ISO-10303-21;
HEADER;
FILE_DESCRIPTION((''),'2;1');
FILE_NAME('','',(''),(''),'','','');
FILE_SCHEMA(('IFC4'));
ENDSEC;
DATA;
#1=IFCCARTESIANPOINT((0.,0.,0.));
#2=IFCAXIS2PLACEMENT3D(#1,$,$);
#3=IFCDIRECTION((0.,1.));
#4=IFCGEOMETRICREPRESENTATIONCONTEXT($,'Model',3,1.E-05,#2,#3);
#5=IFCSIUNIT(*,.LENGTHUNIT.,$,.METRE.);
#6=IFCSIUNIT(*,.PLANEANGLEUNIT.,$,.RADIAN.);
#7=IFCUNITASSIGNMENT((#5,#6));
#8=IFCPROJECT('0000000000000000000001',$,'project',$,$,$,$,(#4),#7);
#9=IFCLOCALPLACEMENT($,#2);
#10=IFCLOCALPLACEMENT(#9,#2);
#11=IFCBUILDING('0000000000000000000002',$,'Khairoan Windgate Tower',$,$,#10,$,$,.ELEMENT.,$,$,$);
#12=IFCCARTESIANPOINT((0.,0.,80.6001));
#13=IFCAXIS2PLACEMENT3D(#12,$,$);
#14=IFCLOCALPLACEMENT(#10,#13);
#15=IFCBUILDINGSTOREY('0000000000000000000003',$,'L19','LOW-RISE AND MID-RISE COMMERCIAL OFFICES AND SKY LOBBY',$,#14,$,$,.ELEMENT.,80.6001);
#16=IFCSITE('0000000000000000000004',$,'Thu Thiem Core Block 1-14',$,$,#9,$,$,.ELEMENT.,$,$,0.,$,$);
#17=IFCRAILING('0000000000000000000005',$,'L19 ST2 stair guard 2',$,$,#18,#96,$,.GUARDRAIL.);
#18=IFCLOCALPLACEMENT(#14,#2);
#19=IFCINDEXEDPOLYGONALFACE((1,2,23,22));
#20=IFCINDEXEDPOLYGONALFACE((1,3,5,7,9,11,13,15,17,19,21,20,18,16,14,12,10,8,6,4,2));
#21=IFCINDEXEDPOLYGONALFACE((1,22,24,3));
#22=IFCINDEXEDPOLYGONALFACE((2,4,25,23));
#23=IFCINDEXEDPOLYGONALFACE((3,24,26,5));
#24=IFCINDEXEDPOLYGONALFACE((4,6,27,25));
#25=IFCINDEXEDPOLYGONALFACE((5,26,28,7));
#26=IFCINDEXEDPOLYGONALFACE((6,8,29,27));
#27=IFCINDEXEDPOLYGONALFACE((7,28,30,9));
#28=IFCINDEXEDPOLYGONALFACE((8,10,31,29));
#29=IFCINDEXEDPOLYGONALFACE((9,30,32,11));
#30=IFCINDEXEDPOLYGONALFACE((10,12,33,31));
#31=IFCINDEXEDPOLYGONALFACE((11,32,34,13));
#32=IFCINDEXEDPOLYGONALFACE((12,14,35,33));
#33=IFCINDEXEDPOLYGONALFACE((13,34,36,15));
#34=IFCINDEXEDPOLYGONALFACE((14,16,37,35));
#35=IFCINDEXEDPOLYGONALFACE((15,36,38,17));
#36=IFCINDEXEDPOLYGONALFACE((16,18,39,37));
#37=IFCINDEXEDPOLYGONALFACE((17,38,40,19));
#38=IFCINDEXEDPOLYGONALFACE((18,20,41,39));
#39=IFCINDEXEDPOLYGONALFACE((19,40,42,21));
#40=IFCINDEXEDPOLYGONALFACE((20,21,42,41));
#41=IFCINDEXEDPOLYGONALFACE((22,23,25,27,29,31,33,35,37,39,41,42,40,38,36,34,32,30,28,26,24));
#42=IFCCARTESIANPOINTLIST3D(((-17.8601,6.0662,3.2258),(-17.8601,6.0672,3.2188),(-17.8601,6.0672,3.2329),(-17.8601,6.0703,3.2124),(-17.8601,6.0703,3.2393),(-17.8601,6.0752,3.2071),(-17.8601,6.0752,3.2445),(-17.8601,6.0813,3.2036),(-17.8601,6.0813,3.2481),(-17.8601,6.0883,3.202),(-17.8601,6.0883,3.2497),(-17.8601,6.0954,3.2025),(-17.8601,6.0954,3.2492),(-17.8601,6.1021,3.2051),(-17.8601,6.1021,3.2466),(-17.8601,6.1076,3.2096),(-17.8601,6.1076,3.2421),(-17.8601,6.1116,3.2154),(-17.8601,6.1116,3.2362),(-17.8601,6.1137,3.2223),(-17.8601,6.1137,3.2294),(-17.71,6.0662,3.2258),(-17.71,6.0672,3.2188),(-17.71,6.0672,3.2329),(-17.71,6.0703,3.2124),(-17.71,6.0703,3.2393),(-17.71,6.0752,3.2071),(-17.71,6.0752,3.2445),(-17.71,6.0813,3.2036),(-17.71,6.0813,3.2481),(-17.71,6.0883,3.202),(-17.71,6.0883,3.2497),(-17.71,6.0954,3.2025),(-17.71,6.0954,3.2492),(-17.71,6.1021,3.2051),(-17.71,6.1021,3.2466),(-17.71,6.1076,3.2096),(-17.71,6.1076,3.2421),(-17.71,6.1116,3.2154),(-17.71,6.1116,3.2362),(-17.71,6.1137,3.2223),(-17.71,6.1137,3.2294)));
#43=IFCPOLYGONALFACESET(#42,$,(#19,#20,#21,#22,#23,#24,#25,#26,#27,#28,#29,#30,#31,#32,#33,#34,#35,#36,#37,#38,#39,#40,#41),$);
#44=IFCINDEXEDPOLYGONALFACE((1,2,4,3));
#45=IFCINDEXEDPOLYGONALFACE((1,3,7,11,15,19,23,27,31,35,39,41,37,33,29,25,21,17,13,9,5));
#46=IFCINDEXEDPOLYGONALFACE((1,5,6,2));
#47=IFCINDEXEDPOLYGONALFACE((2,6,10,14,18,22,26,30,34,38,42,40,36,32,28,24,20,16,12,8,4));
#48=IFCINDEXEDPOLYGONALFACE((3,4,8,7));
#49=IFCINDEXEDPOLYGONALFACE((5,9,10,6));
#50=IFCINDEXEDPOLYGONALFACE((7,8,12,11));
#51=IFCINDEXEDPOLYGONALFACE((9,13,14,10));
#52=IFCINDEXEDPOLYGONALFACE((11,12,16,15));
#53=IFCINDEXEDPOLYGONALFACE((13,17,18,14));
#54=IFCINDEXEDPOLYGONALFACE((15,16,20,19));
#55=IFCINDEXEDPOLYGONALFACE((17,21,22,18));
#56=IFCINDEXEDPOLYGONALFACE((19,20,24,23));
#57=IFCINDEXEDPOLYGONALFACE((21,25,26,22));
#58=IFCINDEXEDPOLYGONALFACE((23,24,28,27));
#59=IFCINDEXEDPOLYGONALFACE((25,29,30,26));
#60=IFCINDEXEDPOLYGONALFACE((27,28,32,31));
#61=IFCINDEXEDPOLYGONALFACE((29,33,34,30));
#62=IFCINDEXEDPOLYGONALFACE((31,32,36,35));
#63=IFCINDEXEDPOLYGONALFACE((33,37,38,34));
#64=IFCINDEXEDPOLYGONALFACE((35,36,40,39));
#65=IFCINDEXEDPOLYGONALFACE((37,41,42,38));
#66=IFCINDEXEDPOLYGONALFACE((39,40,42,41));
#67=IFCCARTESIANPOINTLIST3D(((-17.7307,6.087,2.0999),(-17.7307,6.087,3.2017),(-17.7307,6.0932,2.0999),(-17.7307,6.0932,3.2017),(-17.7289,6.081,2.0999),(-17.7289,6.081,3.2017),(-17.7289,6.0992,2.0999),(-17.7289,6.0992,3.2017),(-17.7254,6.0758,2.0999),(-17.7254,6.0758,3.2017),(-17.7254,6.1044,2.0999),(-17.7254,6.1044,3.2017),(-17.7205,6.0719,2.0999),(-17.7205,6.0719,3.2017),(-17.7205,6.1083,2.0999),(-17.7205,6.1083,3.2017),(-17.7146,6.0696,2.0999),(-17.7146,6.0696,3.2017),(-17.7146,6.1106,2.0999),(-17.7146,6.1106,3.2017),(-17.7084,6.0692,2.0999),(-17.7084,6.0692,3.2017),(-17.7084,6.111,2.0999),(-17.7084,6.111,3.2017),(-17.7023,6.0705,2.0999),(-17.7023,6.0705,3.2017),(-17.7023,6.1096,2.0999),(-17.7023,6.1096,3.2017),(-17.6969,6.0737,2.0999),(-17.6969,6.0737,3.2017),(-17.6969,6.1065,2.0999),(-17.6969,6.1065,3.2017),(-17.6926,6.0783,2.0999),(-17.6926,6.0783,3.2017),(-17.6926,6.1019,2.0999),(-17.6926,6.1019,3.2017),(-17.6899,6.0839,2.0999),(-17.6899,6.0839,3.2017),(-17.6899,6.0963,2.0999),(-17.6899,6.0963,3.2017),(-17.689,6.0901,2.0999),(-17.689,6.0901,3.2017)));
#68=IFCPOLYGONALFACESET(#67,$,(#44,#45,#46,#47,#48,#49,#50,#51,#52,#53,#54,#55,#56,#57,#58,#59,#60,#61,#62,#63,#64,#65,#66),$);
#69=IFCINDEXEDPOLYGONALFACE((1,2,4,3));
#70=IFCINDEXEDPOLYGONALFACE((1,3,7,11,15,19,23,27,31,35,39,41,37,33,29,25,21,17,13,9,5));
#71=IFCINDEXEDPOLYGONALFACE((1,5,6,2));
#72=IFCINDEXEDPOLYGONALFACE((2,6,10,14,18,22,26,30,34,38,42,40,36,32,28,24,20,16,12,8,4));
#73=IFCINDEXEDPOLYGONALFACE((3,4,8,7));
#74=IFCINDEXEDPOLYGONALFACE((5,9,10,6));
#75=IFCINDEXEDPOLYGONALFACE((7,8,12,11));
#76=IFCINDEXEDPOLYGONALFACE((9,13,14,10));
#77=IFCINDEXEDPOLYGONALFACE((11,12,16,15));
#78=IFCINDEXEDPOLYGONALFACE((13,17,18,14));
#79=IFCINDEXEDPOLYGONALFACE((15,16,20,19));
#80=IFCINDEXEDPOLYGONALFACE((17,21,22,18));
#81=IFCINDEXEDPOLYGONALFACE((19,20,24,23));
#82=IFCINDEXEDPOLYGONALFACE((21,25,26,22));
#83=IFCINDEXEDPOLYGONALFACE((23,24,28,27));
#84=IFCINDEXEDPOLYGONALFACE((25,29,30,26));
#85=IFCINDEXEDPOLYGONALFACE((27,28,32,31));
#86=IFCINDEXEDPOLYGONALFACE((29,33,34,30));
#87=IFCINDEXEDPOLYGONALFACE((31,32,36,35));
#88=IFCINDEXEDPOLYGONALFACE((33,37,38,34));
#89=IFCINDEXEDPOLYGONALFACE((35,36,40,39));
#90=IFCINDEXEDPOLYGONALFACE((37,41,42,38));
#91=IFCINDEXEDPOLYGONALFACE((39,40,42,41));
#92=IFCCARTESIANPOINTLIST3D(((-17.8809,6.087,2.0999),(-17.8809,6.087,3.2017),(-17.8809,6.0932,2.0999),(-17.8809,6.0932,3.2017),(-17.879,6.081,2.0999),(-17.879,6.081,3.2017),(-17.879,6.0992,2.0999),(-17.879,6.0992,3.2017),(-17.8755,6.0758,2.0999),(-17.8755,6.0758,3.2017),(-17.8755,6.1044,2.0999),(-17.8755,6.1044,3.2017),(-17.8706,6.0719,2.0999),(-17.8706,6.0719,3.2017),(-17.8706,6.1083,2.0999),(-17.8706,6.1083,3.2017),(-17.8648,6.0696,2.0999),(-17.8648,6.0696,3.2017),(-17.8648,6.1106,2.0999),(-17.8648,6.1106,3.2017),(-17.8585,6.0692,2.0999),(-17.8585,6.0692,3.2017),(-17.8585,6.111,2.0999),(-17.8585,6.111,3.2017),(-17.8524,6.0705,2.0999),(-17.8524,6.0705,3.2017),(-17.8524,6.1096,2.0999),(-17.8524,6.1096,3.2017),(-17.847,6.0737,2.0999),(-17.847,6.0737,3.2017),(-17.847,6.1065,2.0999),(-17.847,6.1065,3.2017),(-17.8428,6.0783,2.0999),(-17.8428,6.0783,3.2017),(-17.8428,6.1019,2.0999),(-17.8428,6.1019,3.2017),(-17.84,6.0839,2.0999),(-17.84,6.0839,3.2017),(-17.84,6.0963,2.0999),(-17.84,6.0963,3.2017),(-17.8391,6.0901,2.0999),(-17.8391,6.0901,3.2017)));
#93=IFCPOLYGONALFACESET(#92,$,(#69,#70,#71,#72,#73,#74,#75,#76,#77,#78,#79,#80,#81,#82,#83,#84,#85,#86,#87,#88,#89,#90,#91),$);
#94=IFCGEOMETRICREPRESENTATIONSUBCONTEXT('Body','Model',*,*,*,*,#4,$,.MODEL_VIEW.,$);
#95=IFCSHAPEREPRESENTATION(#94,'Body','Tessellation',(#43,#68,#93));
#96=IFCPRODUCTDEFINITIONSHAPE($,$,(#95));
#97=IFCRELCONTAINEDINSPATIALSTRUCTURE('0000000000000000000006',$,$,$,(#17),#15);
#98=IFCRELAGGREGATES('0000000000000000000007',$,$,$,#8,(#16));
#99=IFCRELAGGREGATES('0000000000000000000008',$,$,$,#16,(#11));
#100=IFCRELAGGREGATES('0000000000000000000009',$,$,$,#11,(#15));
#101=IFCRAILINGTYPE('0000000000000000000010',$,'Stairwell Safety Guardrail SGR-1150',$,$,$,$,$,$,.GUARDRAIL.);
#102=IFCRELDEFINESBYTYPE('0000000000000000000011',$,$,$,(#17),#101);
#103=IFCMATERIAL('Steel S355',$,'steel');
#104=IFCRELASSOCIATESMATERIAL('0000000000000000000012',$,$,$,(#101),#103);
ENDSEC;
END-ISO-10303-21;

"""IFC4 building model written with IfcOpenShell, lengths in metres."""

from ifc_helpers import new_model, si_unit, direction, frame, origin, origin_2d, place, context, subcontext, project, spatial, circle, extrude, material, type_object, element, save


model = new_model("IFC4")

# Units and contexts
model_context = context("Model", 3, precision=1e-05, world=origin(), true_north=direction((0.0, 1.0)))
body_context = subcontext(model_context, "Body", "Model", "MODEL_VIEW")
ifc_project = project(units=[si_unit("LENGTHUNIT", "METRE"), si_unit("PLANEANGLEUNIT", "RADIAN")], contexts=[model_context])

# Site, building, storey
site_placement = place(None, origin())
site = spatial("IfcSite", under=ifc_project, at=site_placement, Name="Thu Thiem Core Block 1-14", CompositionType="ELEMENT", RefElevation=0.0)
building_placement = place(site_placement, origin())
building = spatial("IfcBuilding", under=site, at=building_placement, Name="Khairoan Windgate Tower", CompositionType="ELEMENT")
storey_placement = place(building_placement, frame((0.0, 0.0, 80.6001)))
storey = spatial("IfcBuildingStorey", under=building, at=storey_placement, Name="L19", Description="LOW-RISE AND MID-RISE COMMERCIAL OFFICES AND SKY LOBBY", CompositionType="ELEMENT", Elevation=80.6001)

# Railing
ifc_material_1 = material(Name="Steel S355", Category="steel")
railing_type_1 = type_object("IfcRailingType", Name="Stairwell Safety Guardrail SGR-1150", PredefinedType="GUARDRAIL", material=ifc_material_1)
railing_1_placement = place(storey_placement, frame((-17.71, 6.0901, 2.0999)))
element("IfcRailing", 1, at=railing_1_placement, inside=storey, type_object=railing_type_1, Name="L19 ST2 stair guard 2", PredefinedType="GUARDRAIL", context=body_context, shape_type="SweptSolid", body=[
    extrude(circle(Radius=0.0239, at=origin_2d()), frame((0.0, 0.0, 1.126), z_axis=(-1.0, 0.0, 0.0), x_axis=(0.0, -1.0, 0.0)), (0.0, 0.0, 1.0), 0.1501),
    extrude(circle(Radius=0.021, at=origin_2d()), origin(), (0.0, 0.0, 1.0), 1.1018),
    extrude(circle(Radius=0.021, at=origin_2d()), frame((-0.1501, 0.0, 0.0)), (0.0, 0.0, 1.0), 1.1018),
])

save(model, "model.ifc")
